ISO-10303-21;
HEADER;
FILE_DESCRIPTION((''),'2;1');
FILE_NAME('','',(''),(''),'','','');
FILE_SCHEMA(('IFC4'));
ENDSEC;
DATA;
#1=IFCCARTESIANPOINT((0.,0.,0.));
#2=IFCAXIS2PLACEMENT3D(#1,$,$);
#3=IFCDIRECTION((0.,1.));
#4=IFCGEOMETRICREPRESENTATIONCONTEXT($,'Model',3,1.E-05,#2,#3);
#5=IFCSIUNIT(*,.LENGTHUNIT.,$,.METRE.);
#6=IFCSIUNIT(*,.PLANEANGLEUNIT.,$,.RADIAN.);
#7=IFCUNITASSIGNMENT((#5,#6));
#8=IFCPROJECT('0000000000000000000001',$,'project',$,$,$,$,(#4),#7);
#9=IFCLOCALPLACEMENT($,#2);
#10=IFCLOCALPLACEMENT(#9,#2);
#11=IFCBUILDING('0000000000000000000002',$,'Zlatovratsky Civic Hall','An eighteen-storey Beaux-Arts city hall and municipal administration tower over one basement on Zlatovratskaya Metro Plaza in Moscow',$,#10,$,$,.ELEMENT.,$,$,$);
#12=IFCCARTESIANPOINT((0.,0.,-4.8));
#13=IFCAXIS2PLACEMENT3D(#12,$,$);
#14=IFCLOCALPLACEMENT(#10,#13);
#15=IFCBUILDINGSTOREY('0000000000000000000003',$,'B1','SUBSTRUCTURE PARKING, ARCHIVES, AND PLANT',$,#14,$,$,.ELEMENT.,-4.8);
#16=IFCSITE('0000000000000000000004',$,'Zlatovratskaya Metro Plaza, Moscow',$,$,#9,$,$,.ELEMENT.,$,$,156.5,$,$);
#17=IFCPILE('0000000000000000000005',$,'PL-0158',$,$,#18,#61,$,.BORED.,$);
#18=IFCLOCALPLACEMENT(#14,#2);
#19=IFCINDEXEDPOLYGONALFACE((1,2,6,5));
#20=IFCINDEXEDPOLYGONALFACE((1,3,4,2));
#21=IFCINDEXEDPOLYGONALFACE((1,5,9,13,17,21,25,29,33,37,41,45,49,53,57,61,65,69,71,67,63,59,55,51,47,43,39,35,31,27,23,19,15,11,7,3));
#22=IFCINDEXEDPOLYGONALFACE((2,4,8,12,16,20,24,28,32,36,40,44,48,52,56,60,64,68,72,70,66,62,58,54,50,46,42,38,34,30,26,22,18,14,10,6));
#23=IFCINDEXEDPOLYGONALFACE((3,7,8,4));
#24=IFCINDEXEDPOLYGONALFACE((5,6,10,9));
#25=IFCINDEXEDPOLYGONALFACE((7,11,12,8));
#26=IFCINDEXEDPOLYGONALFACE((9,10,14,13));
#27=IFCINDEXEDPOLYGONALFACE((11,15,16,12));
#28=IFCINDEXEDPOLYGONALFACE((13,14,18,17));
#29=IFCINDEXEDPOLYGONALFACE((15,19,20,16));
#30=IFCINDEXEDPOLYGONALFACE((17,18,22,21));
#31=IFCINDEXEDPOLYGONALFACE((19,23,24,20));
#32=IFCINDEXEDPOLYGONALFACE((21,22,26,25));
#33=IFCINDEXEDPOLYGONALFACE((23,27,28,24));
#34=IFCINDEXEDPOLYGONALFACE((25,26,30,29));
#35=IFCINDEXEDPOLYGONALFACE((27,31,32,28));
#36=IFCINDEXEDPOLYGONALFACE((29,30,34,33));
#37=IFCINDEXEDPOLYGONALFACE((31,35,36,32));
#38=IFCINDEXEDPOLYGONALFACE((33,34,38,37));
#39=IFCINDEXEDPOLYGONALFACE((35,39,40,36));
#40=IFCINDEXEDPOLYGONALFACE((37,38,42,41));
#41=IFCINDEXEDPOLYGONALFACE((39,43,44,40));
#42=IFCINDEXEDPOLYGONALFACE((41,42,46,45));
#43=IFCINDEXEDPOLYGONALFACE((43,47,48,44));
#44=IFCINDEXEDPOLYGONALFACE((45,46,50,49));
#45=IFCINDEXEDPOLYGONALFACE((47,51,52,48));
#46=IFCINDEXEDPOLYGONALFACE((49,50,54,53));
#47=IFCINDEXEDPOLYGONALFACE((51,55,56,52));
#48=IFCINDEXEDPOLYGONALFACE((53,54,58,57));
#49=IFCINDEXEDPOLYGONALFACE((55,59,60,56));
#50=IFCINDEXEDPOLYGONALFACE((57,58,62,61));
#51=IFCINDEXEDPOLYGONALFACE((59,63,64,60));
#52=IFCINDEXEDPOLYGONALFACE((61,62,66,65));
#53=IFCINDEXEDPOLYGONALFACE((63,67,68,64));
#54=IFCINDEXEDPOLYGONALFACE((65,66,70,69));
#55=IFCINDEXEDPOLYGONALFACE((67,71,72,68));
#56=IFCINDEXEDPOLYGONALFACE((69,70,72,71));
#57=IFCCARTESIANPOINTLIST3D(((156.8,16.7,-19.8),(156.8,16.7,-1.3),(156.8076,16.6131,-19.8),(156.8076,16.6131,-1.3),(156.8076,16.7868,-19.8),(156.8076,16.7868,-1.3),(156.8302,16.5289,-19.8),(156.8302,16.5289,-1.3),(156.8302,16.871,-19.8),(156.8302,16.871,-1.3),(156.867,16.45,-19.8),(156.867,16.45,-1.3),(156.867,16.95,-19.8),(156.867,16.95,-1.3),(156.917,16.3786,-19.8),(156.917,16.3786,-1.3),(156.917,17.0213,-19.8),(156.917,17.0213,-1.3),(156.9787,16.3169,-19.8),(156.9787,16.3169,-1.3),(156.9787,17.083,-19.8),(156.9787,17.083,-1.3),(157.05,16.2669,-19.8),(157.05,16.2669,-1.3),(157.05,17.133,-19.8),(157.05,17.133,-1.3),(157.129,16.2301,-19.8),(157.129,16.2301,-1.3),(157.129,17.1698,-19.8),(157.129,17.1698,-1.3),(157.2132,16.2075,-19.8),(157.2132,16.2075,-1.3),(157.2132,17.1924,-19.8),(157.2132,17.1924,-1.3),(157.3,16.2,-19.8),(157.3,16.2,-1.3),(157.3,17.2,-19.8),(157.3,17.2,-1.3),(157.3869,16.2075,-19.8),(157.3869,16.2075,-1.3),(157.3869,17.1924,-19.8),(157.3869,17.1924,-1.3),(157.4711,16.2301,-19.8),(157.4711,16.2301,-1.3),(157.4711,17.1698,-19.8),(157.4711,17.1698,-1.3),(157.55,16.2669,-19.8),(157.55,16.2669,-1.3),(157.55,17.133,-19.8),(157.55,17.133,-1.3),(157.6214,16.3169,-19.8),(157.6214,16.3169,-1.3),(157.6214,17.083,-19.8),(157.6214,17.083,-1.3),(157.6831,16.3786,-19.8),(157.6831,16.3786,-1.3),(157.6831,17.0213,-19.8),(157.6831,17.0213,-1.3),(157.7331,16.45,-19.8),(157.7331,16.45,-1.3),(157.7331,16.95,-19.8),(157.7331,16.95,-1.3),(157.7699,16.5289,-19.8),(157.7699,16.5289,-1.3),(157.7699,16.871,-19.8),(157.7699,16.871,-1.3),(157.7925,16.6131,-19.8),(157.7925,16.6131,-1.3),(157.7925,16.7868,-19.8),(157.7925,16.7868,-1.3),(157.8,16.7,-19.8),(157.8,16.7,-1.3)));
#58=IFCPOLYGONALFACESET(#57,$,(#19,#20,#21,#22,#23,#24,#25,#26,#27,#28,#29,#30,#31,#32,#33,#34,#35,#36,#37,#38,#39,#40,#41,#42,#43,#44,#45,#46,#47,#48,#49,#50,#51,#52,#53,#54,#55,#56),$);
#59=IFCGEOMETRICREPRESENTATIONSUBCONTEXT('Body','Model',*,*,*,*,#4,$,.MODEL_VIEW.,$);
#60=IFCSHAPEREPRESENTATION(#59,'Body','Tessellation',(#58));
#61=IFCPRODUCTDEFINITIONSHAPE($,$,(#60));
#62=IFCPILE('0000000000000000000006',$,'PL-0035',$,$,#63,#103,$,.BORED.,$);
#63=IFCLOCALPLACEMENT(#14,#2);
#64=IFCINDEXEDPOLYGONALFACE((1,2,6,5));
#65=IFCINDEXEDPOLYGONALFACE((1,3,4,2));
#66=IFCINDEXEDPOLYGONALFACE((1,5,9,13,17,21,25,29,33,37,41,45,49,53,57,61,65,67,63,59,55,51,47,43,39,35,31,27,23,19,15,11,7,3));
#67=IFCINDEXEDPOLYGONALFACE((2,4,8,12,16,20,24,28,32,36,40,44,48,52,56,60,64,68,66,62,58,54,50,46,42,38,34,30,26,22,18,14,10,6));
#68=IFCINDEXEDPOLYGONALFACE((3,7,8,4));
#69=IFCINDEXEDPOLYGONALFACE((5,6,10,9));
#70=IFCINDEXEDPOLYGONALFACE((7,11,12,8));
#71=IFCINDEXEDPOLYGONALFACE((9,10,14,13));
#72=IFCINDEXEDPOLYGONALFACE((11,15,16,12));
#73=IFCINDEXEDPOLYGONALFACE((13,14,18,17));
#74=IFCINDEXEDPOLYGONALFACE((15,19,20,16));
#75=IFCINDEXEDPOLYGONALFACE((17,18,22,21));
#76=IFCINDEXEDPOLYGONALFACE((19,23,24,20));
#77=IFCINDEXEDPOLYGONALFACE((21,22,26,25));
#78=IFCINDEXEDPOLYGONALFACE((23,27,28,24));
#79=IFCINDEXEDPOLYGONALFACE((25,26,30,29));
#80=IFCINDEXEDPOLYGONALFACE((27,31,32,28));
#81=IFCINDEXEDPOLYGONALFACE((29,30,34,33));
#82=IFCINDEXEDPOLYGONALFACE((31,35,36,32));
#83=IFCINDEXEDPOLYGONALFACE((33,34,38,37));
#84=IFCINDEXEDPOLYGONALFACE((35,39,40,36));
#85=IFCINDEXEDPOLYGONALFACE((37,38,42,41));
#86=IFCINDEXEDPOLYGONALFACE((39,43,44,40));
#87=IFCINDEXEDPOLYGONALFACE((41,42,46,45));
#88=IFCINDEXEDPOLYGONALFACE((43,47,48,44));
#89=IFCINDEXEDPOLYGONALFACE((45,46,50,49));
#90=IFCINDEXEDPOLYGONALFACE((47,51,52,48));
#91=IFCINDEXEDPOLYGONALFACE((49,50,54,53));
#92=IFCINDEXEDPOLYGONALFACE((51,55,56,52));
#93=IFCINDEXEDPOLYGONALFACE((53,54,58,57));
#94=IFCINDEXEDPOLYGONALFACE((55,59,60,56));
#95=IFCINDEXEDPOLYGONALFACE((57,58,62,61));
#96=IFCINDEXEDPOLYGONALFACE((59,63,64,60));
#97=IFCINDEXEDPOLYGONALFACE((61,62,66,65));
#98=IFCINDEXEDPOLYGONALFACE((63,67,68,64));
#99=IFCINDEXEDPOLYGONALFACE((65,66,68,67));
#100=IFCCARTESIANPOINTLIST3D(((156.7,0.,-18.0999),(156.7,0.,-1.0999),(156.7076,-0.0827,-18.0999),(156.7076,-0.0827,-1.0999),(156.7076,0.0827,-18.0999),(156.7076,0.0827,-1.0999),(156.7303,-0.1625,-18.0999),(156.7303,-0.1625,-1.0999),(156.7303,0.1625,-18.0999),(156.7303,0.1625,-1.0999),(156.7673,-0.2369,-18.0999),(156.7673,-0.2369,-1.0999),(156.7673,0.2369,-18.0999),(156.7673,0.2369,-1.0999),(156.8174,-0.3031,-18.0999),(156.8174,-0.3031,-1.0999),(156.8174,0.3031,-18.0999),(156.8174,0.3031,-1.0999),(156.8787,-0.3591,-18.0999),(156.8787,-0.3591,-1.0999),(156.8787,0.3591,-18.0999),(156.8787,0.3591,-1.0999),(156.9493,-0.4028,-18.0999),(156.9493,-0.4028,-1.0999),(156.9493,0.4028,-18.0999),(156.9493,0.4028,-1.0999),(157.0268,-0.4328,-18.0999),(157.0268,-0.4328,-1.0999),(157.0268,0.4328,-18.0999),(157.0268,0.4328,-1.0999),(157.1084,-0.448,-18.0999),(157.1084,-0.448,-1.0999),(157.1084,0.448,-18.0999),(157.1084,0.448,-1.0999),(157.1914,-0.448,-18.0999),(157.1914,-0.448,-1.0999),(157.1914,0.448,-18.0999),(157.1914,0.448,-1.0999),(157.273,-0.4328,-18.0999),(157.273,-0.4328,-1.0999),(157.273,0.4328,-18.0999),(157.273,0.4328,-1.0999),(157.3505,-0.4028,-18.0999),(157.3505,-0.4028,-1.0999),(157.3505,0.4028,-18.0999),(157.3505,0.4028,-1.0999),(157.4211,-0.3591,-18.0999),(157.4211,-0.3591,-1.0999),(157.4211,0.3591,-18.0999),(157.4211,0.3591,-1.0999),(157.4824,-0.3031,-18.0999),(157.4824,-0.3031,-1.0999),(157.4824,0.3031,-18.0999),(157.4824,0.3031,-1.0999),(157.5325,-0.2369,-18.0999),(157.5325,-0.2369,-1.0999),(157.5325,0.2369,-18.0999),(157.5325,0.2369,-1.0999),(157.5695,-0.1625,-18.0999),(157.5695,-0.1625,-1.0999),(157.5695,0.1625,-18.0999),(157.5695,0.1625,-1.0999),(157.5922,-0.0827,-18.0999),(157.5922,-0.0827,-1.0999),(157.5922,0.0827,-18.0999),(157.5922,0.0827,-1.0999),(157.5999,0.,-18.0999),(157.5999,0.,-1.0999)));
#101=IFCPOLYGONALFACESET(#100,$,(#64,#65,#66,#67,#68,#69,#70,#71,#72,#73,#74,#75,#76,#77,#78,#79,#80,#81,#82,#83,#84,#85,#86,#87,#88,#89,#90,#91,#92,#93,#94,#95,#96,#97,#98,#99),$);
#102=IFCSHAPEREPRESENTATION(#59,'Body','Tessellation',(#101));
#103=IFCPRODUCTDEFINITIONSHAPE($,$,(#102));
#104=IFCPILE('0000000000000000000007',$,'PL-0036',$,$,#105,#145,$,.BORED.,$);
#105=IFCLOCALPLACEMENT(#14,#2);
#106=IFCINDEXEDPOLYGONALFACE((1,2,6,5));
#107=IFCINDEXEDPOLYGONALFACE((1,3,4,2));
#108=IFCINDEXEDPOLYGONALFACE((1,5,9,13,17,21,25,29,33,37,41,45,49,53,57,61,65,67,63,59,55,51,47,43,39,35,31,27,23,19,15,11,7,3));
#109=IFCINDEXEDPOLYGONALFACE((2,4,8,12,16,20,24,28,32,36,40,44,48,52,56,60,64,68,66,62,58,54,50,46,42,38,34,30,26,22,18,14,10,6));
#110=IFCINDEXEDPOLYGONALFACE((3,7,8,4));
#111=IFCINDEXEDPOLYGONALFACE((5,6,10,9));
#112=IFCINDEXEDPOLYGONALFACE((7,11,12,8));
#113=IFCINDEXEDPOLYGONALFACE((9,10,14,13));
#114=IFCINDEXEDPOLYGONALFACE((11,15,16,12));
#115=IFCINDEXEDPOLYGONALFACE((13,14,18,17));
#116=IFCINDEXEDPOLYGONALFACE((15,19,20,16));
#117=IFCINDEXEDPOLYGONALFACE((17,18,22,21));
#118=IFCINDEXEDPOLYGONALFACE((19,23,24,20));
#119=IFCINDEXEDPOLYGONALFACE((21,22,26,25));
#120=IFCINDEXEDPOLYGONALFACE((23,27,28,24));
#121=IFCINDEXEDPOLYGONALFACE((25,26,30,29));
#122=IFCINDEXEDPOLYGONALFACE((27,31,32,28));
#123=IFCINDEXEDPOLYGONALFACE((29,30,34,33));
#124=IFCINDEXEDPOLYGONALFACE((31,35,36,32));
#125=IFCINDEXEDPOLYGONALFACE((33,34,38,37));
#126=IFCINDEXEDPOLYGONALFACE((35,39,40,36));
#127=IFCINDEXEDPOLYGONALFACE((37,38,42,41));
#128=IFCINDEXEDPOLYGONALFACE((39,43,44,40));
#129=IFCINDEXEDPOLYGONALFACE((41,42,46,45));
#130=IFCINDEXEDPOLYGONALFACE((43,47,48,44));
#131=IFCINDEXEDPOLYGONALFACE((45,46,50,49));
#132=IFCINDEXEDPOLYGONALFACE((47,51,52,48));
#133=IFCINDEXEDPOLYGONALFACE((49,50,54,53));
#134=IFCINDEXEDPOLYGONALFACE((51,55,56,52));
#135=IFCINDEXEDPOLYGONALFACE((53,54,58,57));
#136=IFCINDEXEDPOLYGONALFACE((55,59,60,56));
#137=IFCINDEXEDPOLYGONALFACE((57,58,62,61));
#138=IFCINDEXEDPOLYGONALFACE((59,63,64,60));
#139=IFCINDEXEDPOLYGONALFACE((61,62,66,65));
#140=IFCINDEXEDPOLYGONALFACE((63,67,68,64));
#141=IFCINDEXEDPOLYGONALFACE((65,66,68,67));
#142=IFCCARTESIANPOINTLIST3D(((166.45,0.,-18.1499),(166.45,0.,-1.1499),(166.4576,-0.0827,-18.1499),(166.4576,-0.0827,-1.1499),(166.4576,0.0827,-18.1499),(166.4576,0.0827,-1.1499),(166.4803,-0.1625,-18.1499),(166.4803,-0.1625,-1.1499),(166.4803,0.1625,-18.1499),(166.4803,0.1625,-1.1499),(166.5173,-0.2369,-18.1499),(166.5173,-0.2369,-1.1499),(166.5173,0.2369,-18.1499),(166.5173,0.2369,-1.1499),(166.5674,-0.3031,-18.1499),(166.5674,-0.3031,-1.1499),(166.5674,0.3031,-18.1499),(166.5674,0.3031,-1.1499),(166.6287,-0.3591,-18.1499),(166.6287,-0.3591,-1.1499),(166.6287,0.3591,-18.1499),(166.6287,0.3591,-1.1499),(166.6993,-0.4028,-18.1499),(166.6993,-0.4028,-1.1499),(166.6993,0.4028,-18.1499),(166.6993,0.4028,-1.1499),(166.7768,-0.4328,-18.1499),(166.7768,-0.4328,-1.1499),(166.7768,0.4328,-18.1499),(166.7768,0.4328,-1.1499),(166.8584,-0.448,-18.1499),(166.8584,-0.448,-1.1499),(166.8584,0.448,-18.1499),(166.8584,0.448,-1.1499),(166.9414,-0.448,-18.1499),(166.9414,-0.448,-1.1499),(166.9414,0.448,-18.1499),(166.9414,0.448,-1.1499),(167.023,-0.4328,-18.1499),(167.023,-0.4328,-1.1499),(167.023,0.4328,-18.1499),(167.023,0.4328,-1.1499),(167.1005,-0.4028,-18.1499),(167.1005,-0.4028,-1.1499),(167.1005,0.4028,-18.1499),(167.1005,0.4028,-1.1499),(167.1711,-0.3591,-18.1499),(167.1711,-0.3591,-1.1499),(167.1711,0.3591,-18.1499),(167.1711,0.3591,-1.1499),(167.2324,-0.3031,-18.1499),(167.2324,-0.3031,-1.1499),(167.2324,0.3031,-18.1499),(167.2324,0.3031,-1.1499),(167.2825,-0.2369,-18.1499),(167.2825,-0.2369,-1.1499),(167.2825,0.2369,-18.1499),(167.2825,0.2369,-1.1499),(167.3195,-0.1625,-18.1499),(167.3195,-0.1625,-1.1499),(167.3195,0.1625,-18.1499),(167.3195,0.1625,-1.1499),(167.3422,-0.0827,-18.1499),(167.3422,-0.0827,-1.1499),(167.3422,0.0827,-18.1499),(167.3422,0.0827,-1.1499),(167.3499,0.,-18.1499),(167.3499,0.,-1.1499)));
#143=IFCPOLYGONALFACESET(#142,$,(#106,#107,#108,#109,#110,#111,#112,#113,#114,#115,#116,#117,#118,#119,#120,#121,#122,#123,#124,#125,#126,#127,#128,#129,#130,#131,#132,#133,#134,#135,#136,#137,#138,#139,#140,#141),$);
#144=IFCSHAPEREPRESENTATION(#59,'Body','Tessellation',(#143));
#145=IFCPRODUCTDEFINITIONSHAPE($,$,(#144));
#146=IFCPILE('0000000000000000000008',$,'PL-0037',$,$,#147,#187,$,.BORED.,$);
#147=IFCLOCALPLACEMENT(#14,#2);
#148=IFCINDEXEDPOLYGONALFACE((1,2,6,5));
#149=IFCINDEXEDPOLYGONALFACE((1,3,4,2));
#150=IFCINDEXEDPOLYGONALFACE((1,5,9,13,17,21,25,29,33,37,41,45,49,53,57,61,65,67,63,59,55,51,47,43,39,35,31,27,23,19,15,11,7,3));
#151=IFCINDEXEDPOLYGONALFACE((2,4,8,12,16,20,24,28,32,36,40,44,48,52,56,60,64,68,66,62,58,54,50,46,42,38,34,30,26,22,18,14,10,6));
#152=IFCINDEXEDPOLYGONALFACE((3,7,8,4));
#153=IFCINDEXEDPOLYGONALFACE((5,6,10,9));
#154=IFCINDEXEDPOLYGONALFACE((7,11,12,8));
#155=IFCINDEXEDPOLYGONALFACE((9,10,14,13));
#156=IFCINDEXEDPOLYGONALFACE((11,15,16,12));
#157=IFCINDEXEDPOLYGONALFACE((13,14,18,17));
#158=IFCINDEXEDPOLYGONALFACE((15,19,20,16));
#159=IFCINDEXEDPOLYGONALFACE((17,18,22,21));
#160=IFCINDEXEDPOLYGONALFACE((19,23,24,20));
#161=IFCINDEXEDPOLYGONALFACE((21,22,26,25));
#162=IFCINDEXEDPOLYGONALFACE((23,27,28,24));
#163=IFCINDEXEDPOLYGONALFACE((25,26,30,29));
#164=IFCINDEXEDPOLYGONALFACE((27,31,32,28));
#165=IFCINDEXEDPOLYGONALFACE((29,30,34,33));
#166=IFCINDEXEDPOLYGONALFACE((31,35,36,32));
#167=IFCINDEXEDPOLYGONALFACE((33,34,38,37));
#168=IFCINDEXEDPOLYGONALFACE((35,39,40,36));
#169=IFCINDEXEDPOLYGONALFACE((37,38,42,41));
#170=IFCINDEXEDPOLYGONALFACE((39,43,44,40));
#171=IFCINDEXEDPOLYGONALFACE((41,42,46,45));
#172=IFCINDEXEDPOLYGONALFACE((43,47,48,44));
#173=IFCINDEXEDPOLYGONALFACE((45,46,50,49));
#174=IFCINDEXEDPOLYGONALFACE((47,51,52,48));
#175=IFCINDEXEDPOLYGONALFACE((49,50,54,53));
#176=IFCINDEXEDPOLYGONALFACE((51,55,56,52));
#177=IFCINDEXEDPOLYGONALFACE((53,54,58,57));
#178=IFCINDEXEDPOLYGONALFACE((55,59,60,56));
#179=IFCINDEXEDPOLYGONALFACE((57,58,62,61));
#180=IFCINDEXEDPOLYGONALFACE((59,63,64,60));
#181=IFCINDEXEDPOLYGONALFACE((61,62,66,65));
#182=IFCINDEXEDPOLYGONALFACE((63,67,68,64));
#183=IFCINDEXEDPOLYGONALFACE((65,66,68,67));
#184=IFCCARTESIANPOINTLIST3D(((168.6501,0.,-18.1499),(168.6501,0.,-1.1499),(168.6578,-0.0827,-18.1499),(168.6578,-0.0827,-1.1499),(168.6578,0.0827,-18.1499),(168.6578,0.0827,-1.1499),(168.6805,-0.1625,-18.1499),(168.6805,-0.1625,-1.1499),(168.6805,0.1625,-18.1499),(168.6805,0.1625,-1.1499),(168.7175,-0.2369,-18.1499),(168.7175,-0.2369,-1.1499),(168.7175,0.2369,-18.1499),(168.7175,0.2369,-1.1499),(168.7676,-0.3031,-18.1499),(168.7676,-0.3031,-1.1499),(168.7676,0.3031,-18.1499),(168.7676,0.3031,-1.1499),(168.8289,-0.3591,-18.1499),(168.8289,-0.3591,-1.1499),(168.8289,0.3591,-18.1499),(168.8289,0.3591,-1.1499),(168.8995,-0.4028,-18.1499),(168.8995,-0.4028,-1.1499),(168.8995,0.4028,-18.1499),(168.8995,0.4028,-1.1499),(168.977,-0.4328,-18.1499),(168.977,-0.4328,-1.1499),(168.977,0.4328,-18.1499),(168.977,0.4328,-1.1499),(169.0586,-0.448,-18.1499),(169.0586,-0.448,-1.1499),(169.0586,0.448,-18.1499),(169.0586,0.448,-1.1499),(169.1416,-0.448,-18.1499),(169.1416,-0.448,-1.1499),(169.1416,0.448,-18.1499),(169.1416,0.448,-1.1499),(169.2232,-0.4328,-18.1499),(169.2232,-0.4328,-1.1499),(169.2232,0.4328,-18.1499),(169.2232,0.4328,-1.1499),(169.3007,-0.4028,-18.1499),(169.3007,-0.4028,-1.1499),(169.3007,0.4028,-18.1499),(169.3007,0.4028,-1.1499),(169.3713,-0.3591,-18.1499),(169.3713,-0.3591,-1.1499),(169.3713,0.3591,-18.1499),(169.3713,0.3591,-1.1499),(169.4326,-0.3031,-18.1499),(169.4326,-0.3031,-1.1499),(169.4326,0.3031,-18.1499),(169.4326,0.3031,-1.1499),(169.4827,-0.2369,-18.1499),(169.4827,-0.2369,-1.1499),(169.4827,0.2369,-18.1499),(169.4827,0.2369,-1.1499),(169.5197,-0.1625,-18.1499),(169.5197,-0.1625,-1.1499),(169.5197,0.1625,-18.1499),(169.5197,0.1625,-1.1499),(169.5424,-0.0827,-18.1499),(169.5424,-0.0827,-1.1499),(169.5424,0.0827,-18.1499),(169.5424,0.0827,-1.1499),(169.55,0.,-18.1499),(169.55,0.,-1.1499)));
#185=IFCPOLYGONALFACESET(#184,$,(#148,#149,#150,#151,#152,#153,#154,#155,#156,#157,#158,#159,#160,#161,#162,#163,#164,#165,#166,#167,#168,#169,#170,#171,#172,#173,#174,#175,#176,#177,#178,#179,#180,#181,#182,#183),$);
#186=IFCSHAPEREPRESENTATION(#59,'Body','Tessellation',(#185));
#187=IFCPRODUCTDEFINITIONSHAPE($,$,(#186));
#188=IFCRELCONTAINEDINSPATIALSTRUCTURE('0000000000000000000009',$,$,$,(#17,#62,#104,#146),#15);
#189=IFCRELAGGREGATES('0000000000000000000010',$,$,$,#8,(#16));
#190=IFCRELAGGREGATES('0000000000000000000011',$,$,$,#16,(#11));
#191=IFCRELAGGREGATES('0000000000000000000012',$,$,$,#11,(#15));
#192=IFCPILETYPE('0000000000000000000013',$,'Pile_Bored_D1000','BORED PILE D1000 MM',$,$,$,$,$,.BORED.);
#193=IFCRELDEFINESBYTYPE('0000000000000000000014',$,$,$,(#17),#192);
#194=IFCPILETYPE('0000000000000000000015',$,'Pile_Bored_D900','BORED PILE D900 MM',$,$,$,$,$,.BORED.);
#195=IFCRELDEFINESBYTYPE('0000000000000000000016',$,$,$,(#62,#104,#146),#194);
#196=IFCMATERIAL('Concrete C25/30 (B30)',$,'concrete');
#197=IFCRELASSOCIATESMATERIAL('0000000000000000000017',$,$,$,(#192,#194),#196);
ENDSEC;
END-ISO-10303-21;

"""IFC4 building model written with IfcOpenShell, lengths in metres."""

from ifc_helpers import new_model, si_unit, direction, frame, origin, origin_2d, place, context, subcontext, project, spatial, circle, extrude, material, material_profile, profile_set, type_object, element, save


model = new_model("IFC4")

# Units and contexts
model_context = context("Model", 3, precision=1e-05, world=origin(), true_north=direction((0.0, 1.0)))
body_context = subcontext(model_context, "Body", "Model", "MODEL_VIEW")
ifc_project = project(units=[si_unit("LENGTHUNIT", "METRE"), si_unit("PLANEANGLEUNIT", "RADIAN")], contexts=[model_context])

# Site, building, storey
site_placement = place(None, origin())
site = spatial("IfcSite", under=ifc_project, at=site_placement, Name="Zlatovratskaya Metro Plaza, Moscow", CompositionType="ELEMENT", RefElevation=156.5)
building_placement = place(site_placement, origin())
building = spatial("IfcBuilding", under=site, at=building_placement, Name="Zlatovratsky Civic Hall", Description="An eighteen-storey Beaux-Arts city hall and municipal administration tower over one basement on Zlatovratskaya Metro Plaza in Moscow", CompositionType="ELEMENT")
storey_placement = place(building_placement, frame((0.0, 0.0, -4.8)))
storey = spatial("IfcBuildingStorey", under=building, at=storey_placement, Name="B1", Description="SUBSTRUCTURE PARKING, ARCHIVES, AND PLANT", CompositionType="ELEMENT", Elevation=-4.8)

# Shared definitions
ifc_material_1 = material(Name="Concrete C25/30 (B30)", Category="concrete")

# Piles
ifc_material_profile_1 = material_profile(ifc_material_1, circle(Radius=0.5, at=origin_2d()), Name="PILE D1000")
ifc_profile_set_1 = profile_set([ifc_material_profile_1], Name="Concrete C25/30 (B30)")
pile_type_1 = type_object("IfcPileType", Name="Pile_Bored_D1000", Description="BORED PILE D1000 MM", PredefinedType="BORED", material=ifc_profile_set_1)
for number, where, z_axis, x_axis, name in (
    (1, (157.3, 16.7, -1.3), (0.0, 0.0, -1.0), (1.0, 0.0, 0.0), "PL-0158"),
):
    element("IfcPile", number, at=place(storey_placement, frame(where, z_axis=z_axis, x_axis=x_axis)), inside=storey, type_object=pile_type_1, Name=name, PredefinedType="BORED", context=body_context, shape_type="SweptSolid", body=[
        extrude(circle(Radius=0.5, at=origin_2d()), origin(), (0.0, 0.0, 1.0), 18.5),
    ])
ifc_material_profile_2 = material_profile(ifc_material_1, circle(Radius=0.45, at=origin_2d()), Name="PILE D900")
ifc_profile_set_2 = profile_set([ifc_material_profile_2], Name="Concrete C25/30 (B30)")
pile_type_2 = type_object("IfcPileType", Name="Pile_Bored_D900", Description="BORED PILE D900 MM", PredefinedType="BORED", material=ifc_profile_set_2)
for number, where, z_axis, x_axis, name in (
    (2, (157.1499, 0.0, -1.0999), (0.0, 0.0, -1.0), (1.0, 0.0, 0.0), "PL-0035"),
    (3, (166.8999, 0.0, -1.1499), (0.0, 0.0, -1.0), (1.0, 0.0, 0.0), "PL-0036"),
    (4, (169.1001, 0.0, -1.1499), (0.0, 0.0, -1.0), (1.0, 0.0, 0.0), "PL-0037"),
):
    element("IfcPile", number, at=place(storey_placement, frame(where, z_axis=z_axis, x_axis=x_axis)), inside=storey, type_object=pile_type_2, Name=name, PredefinedType="BORED", context=body_context, shape_type="SweptSolid", body=[
        extrude(circle(Radius=0.45, at=origin_2d()), origin(), (0.0, 0.0, 1.0), 17.0),
    ])

save(model, "model.ifc")
